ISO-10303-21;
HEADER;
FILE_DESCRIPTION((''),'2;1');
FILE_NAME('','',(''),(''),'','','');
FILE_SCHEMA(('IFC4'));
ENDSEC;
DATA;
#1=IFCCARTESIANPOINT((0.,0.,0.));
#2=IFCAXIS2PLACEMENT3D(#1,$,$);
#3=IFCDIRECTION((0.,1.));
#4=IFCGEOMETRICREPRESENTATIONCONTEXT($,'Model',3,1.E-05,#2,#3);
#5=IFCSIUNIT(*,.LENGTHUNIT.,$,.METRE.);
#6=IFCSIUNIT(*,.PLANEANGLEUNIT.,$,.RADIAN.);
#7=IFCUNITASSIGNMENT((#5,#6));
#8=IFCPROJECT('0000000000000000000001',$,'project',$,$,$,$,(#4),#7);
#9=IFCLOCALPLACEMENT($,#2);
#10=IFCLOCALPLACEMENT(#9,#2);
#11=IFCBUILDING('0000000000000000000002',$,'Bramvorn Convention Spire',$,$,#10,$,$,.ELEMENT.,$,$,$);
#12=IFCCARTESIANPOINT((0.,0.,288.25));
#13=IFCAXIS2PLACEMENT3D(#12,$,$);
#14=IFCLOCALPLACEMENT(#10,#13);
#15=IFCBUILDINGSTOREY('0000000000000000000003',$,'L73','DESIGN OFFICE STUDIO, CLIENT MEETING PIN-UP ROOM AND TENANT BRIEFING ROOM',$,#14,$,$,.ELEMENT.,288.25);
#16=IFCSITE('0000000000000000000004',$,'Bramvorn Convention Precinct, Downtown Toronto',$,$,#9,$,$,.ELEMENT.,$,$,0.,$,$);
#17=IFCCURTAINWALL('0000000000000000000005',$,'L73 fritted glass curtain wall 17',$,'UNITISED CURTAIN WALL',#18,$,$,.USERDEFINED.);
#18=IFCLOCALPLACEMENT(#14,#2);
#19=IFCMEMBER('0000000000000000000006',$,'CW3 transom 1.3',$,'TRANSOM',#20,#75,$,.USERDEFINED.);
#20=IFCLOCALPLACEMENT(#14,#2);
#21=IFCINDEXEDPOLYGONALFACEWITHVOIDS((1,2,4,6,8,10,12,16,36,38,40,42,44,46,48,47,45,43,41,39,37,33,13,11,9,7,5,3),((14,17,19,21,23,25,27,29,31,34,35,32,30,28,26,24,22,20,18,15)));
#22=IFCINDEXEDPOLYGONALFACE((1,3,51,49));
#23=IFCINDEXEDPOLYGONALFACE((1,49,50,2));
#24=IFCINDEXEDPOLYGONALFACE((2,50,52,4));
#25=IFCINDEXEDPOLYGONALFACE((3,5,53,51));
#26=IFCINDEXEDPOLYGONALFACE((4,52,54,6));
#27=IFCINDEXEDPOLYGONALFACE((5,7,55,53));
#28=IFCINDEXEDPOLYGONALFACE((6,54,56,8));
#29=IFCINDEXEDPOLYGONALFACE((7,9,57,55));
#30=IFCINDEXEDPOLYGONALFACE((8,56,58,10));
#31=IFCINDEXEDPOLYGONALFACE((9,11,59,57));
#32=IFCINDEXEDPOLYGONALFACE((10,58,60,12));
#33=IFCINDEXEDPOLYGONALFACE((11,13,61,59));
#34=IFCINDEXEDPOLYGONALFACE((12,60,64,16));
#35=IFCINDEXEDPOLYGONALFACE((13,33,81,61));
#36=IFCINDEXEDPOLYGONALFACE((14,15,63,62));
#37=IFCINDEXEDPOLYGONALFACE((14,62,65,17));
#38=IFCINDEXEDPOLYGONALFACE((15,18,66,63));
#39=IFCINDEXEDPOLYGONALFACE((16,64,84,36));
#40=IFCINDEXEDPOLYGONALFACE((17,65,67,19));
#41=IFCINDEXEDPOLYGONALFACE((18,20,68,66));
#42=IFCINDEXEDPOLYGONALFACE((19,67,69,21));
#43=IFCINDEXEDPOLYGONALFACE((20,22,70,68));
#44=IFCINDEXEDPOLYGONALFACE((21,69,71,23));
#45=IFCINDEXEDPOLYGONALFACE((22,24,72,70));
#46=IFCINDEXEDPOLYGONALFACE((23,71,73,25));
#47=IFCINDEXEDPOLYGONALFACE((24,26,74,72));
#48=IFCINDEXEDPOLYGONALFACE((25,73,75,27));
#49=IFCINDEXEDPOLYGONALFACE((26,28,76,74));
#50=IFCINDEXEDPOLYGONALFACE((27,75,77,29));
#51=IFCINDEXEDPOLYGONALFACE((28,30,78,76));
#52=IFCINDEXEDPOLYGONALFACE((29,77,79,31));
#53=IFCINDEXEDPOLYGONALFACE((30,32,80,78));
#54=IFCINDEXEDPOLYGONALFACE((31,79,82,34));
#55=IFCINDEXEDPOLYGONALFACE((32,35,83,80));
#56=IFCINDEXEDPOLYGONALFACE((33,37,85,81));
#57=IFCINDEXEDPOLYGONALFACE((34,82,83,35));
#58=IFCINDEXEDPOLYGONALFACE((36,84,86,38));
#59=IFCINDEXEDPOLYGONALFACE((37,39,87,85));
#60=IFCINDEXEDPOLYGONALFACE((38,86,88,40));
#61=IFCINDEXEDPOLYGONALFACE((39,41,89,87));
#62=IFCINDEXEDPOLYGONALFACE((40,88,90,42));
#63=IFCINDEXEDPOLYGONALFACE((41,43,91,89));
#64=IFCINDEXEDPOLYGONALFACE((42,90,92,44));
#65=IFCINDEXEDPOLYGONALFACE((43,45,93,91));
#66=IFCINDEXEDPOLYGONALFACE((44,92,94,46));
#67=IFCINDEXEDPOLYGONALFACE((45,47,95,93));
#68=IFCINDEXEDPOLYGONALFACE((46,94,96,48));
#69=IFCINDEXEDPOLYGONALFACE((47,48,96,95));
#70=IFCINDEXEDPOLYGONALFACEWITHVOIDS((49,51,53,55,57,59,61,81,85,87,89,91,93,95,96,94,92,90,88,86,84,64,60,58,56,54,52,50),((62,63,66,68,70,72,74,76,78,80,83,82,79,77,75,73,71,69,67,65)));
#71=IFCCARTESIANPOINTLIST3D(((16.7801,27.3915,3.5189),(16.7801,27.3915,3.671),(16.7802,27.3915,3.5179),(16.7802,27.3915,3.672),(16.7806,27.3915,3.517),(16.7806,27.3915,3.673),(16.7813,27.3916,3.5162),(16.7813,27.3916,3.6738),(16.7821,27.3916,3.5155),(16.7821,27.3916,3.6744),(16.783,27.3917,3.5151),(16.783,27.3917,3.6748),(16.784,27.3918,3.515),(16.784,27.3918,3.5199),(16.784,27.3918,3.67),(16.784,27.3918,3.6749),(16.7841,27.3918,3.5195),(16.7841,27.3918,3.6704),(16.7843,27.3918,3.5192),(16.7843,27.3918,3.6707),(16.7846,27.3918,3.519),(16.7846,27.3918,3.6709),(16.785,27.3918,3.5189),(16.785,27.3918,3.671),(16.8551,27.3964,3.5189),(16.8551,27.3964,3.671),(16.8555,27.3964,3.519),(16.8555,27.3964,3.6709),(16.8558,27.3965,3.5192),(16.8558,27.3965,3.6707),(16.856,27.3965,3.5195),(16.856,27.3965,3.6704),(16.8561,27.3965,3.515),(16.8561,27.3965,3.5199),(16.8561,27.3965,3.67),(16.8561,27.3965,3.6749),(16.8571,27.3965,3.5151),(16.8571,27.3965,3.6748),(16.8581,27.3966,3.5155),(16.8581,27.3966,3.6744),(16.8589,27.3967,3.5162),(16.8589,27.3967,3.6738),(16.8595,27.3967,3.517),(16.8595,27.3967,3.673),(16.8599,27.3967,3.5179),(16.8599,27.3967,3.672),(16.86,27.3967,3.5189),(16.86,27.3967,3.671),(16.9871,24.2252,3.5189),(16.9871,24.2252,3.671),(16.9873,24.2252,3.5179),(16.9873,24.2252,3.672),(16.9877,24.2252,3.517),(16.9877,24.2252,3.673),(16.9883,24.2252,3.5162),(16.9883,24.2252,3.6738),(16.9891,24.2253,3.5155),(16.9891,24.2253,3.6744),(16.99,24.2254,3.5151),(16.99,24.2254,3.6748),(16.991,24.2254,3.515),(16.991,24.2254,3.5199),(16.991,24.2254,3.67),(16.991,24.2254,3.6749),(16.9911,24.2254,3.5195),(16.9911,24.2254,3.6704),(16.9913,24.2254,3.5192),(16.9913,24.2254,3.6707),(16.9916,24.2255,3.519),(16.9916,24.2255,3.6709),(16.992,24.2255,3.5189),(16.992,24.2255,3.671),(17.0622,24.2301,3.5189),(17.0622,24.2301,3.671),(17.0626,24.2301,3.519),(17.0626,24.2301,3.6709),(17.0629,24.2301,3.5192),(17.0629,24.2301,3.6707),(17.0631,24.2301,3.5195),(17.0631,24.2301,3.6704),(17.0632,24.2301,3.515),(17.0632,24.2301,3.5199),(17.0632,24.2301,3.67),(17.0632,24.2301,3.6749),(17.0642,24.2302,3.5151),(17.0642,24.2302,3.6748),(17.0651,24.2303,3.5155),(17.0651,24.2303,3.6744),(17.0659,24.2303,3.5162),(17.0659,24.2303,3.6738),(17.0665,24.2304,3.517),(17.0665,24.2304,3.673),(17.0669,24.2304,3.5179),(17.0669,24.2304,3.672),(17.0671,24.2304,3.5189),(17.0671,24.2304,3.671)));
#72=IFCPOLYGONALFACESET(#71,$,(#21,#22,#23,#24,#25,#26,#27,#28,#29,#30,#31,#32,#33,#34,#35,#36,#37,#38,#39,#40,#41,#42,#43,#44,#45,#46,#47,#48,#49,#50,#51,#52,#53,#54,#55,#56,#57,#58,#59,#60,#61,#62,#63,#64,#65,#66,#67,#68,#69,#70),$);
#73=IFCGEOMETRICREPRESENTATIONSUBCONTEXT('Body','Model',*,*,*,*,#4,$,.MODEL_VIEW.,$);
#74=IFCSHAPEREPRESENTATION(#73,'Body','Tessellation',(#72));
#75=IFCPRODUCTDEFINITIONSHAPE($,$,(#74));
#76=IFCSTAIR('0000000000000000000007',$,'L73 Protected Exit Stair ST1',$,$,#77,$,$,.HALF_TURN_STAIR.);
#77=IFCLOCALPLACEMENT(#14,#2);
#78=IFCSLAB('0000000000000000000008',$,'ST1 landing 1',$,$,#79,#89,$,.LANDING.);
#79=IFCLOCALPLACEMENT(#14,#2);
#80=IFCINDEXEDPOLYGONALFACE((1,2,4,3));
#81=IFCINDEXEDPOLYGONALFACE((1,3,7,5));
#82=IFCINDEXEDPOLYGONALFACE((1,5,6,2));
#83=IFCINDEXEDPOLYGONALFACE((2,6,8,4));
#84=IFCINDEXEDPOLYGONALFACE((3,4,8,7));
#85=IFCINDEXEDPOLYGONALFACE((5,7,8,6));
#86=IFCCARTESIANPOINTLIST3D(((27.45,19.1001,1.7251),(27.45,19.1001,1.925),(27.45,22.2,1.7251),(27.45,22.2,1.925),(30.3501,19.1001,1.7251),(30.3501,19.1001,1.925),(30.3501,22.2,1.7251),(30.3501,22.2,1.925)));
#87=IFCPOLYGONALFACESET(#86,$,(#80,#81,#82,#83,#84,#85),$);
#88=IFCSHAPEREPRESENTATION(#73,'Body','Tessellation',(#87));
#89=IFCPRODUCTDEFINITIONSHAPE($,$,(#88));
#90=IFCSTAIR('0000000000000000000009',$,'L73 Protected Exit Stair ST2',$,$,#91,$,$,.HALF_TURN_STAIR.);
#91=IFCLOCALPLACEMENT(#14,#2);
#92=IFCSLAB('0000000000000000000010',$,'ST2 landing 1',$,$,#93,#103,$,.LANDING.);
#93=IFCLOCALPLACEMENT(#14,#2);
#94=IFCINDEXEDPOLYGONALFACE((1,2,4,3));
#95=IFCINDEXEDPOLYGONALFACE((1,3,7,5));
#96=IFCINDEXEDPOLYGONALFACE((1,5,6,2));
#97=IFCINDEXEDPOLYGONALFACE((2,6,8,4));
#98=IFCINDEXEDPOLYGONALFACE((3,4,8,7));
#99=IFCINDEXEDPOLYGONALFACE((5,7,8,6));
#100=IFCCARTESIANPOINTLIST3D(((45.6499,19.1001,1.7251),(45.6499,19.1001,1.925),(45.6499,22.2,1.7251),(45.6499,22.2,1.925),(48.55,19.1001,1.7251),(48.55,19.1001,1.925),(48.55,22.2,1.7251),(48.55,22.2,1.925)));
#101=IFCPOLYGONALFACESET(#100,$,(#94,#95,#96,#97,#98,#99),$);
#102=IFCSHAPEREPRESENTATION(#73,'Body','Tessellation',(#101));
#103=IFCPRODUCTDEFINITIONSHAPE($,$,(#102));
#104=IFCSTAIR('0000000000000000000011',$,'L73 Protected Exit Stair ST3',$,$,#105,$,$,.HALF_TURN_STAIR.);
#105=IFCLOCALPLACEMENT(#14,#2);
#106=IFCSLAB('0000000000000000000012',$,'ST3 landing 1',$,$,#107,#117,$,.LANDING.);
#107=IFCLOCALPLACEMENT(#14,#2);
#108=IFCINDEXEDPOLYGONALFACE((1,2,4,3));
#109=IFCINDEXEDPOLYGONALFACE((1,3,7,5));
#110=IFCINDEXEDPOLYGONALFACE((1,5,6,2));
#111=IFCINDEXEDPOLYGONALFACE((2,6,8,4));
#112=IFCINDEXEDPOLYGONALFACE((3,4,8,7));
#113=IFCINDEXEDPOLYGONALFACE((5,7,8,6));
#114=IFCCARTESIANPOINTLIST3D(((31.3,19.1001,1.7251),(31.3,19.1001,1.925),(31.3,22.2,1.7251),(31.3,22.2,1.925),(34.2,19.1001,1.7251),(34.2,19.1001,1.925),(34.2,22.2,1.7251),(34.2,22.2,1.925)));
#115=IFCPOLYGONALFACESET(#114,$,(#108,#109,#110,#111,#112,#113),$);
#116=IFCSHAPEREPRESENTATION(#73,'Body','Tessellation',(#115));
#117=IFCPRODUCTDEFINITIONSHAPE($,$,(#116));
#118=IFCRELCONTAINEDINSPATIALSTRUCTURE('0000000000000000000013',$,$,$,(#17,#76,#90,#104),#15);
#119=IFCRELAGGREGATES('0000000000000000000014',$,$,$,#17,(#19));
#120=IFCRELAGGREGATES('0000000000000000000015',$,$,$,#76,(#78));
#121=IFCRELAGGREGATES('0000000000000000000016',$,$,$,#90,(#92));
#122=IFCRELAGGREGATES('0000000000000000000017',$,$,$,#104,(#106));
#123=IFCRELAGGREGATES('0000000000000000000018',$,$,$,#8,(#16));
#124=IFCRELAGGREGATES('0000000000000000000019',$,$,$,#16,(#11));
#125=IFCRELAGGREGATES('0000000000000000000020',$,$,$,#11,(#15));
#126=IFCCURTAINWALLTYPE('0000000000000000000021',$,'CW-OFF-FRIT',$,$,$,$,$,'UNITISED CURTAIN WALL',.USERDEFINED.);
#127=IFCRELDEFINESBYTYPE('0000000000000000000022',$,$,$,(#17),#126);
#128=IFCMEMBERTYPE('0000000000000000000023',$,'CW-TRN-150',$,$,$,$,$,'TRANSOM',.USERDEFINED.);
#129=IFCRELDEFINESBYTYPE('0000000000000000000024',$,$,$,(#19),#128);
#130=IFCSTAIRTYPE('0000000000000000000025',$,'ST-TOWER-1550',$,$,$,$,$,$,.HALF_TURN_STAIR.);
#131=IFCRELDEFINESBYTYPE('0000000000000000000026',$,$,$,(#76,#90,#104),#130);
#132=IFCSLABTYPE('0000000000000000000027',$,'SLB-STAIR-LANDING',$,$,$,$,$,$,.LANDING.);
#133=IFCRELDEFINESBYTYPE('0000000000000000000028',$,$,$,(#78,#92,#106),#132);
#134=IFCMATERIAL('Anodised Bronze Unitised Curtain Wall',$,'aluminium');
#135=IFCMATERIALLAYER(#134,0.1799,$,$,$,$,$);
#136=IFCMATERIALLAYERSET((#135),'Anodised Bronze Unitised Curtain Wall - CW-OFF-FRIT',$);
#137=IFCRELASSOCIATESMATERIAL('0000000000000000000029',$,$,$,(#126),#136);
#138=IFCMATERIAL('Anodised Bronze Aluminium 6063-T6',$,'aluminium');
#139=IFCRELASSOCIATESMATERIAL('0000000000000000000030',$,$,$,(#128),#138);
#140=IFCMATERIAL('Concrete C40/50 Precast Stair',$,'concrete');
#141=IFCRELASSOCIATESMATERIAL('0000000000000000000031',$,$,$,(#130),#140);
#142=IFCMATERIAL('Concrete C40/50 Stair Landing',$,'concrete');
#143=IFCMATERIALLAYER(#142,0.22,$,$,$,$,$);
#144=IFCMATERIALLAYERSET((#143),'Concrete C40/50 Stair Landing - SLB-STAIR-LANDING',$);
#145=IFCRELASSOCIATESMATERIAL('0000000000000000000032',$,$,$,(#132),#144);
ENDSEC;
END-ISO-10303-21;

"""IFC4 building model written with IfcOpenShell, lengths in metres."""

from ifc_helpers import new_model, si_unit, direction, frame, origin, origin_2d, place, context, subcontext, project, spatial, polyline, hollow_rectangle, outline, extrude, material, layer, layer_set, material_profile, profile_set, type_object, element, aggregate, save


model = new_model("IFC4")

# Units and contexts
model_context = context("Model", 3, precision=1e-05, world=origin(), true_north=direction((0.0, 1.0)))
body_context = subcontext(model_context, "Body", "Model", "MODEL_VIEW")
ifc_project = project(units=[si_unit("LENGTHUNIT", "METRE"), si_unit("PLANEANGLEUNIT", "RADIAN")], contexts=[model_context])

# Site, building, storey
site_placement = place(None, origin())
site = spatial("IfcSite", under=ifc_project, at=site_placement, Name="Bramvorn Convention Precinct, Downtown Toronto", CompositionType="ELEMENT", RefElevation=0.0)
building_placement = place(site_placement, origin())
building = spatial("IfcBuilding", under=site, at=building_placement, Name="Bramvorn Convention Spire", CompositionType="ELEMENT")
storey_placement = place(building_placement, frame((0.0, 0.0, 288.25)))
storey = spatial("IfcBuildingStorey", under=building, at=storey_placement, Name="L73", Description="DESIGN OFFICE STUDIO, CLIENT MEETING PIN-UP ROOM AND TENANT BRIEFING ROOM", CompositionType="ELEMENT", Elevation=288.25)

# Curtain wall, member
ifc_material_1 = material(Name="Anodised Bronze Unitised Curtain Wall", Category="aluminium")
ifc_layer_1 = layer(ifc_material_1, 0.1799)
ifc_layer_set_1 = layer_set([ifc_layer_1], Name="Anodised Bronze Unitised Curtain Wall - CW-OFF-FRIT")
curtain_wall_type = type_object("IfcCurtainWallType", Name="CW-OFF-FRIT", ElementType="UNITISED CURTAIN WALL", PredefinedType="USERDEFINED", material=ifc_layer_set_1)
curtain_wall_placement = place(storey_placement, origin())
curtain_wall = element("IfcCurtainWall", 1, at=curtain_wall_placement, inside=storey, type_object=curtain_wall_type, Name="L73 fritted glass curtain wall 17", ObjectType="UNITISED CURTAIN WALL", PredefinedType="USERDEFINED")
ifc_material_2 = material(Name="Anodised Bronze Aluminium 6063-T6", Category="aluminium")
ifc_material_profile_1 = material_profile(ifc_material_2, hollow_rectangle(XDim=0.0801, YDim=0.1599, WallThickness=0.0039, InnerFilletRadius=0.001, OuterFilletRadius=0.0039, at=origin_2d()))
ifc_profile_set_1 = profile_set([ifc_material_profile_1], Name="Anodised Bronze Aluminium 6063-T6 - CWT80X160")
member_type_1 = type_object("IfcMemberType", Name="CW-TRN-150", ElementType="TRANSOM", PredefinedType="USERDEFINED", material=ifc_profile_set_1)
member_1_placement = place(storey_placement, frame((17.0271, 24.2278, 3.595), z_axis=(-0.065247, 0.997869, 0.0), x_axis=(-0.997869, -0.065247, 0.0)))
member_1 = element("IfcMember", 2, at=member_1_placement, type_object=member_type_1, Name="CW3 transom 1.3", ObjectType="TRANSOM", PredefinedType="USERDEFINED", context=body_context, shape_type="SweptSolid", body=[
    extrude(hollow_rectangle(XDim=0.0801, YDim=0.1599, WallThickness=0.0039, InnerFilletRadius=0.001, OuterFilletRadius=0.0039, at=origin_2d()), origin(), (0.0, 0.0, 1.0), 3.1731),
])
aggregate(curtain_wall, [member_1])

# Stairs, slabs
ifc_material_3 = material(Name="Concrete C40/50 Precast Stair", Category="concrete")
stair_type = type_object("IfcStairType", Name="ST-TOWER-1550", PredefinedType="HALF_TURN_STAIR", material=ifc_material_3)
stair_1_placement = place(storey_placement, origin())
stair_1 = element("IfcStair", 3, at=stair_1_placement, inside=storey, type_object=stair_type, Name="L73 Protected Exit Stair ST1", PredefinedType="HALF_TURN_STAIR")
ifc_material_4 = material(Name="Concrete C40/50 Stair Landing", Category="concrete")
ifc_layer_2 = layer(ifc_material_4, 0.22)
ifc_layer_set_2 = layer_set([ifc_layer_2], Name="Concrete C40/50 Stair Landing - SLB-STAIR-LANDING")
slab_type_1 = type_object("IfcSlabType", Name="SLB-STAIR-LANDING", PredefinedType="LANDING", material=ifc_layer_set_2)
slab_1_placement = place(storey_placement, frame((0.0, 0.0, 1.7251)))
slab_1 = element("IfcSlab", 4, at=slab_1_placement, type_object=slab_type_1, Name="ST1 landing 1", PredefinedType="LANDING", context=body_context, shape_type="SweptSolid", body=[
    extrude(outline(polyline([(27.45, 22.2), (27.45, 19.1001), (30.3501, 19.1001), (30.3501, 22.2), (27.45, 22.2)])), origin(), (0.0, 0.0, 1.0), 0.2),
])
aggregate(stair_1, [slab_1])
stair_2_placement = place(storey_placement, origin())
stair_2 = element("IfcStair", 5, at=stair_2_placement, inside=storey, type_object=stair_type, Name="L73 Protected Exit Stair ST2", PredefinedType="HALF_TURN_STAIR")
slab_2_placement = place(storey_placement, frame((0.0, 0.0, 1.7251)))
slab_2 = element("IfcSlab", 6, at=slab_2_placement, type_object=slab_type_1, Name="ST2 landing 1", PredefinedType="LANDING", context=body_context, shape_type="SweptSolid", body=[
    extrude(outline(polyline([(45.6499, 22.2), (45.6499, 19.1001), (48.55, 19.1001), (48.55, 22.2), (45.6499, 22.2)])), origin(), (0.0, 0.0, 1.0), 0.2),
])
aggregate(stair_2, [slab_2])
stair_3_placement = place(storey_placement, origin())
stair_3 = element("IfcStair", 7, at=stair_3_placement, inside=storey, type_object=stair_type, Name="L73 Protected Exit Stair ST3", PredefinedType="HALF_TURN_STAIR")
slab_3_placement = place(storey_placement, frame((0.0, 0.0, 1.7251)))
slab_3 = element("IfcSlab", 8, at=slab_3_placement, type_object=slab_type_1, Name="ST3 landing 1", PredefinedType="LANDING", context=body_context, shape_type="SweptSolid", body=[
    extrude(outline(polyline([(31.3, 22.2), (31.3, 19.1001), (34.2, 19.1001), (34.2, 22.2), (31.3, 22.2)])), origin(), (0.0, 0.0, 1.0), 0.2),
])
aggregate(stair_3, [slab_3])

save(model, "model.ifc")
